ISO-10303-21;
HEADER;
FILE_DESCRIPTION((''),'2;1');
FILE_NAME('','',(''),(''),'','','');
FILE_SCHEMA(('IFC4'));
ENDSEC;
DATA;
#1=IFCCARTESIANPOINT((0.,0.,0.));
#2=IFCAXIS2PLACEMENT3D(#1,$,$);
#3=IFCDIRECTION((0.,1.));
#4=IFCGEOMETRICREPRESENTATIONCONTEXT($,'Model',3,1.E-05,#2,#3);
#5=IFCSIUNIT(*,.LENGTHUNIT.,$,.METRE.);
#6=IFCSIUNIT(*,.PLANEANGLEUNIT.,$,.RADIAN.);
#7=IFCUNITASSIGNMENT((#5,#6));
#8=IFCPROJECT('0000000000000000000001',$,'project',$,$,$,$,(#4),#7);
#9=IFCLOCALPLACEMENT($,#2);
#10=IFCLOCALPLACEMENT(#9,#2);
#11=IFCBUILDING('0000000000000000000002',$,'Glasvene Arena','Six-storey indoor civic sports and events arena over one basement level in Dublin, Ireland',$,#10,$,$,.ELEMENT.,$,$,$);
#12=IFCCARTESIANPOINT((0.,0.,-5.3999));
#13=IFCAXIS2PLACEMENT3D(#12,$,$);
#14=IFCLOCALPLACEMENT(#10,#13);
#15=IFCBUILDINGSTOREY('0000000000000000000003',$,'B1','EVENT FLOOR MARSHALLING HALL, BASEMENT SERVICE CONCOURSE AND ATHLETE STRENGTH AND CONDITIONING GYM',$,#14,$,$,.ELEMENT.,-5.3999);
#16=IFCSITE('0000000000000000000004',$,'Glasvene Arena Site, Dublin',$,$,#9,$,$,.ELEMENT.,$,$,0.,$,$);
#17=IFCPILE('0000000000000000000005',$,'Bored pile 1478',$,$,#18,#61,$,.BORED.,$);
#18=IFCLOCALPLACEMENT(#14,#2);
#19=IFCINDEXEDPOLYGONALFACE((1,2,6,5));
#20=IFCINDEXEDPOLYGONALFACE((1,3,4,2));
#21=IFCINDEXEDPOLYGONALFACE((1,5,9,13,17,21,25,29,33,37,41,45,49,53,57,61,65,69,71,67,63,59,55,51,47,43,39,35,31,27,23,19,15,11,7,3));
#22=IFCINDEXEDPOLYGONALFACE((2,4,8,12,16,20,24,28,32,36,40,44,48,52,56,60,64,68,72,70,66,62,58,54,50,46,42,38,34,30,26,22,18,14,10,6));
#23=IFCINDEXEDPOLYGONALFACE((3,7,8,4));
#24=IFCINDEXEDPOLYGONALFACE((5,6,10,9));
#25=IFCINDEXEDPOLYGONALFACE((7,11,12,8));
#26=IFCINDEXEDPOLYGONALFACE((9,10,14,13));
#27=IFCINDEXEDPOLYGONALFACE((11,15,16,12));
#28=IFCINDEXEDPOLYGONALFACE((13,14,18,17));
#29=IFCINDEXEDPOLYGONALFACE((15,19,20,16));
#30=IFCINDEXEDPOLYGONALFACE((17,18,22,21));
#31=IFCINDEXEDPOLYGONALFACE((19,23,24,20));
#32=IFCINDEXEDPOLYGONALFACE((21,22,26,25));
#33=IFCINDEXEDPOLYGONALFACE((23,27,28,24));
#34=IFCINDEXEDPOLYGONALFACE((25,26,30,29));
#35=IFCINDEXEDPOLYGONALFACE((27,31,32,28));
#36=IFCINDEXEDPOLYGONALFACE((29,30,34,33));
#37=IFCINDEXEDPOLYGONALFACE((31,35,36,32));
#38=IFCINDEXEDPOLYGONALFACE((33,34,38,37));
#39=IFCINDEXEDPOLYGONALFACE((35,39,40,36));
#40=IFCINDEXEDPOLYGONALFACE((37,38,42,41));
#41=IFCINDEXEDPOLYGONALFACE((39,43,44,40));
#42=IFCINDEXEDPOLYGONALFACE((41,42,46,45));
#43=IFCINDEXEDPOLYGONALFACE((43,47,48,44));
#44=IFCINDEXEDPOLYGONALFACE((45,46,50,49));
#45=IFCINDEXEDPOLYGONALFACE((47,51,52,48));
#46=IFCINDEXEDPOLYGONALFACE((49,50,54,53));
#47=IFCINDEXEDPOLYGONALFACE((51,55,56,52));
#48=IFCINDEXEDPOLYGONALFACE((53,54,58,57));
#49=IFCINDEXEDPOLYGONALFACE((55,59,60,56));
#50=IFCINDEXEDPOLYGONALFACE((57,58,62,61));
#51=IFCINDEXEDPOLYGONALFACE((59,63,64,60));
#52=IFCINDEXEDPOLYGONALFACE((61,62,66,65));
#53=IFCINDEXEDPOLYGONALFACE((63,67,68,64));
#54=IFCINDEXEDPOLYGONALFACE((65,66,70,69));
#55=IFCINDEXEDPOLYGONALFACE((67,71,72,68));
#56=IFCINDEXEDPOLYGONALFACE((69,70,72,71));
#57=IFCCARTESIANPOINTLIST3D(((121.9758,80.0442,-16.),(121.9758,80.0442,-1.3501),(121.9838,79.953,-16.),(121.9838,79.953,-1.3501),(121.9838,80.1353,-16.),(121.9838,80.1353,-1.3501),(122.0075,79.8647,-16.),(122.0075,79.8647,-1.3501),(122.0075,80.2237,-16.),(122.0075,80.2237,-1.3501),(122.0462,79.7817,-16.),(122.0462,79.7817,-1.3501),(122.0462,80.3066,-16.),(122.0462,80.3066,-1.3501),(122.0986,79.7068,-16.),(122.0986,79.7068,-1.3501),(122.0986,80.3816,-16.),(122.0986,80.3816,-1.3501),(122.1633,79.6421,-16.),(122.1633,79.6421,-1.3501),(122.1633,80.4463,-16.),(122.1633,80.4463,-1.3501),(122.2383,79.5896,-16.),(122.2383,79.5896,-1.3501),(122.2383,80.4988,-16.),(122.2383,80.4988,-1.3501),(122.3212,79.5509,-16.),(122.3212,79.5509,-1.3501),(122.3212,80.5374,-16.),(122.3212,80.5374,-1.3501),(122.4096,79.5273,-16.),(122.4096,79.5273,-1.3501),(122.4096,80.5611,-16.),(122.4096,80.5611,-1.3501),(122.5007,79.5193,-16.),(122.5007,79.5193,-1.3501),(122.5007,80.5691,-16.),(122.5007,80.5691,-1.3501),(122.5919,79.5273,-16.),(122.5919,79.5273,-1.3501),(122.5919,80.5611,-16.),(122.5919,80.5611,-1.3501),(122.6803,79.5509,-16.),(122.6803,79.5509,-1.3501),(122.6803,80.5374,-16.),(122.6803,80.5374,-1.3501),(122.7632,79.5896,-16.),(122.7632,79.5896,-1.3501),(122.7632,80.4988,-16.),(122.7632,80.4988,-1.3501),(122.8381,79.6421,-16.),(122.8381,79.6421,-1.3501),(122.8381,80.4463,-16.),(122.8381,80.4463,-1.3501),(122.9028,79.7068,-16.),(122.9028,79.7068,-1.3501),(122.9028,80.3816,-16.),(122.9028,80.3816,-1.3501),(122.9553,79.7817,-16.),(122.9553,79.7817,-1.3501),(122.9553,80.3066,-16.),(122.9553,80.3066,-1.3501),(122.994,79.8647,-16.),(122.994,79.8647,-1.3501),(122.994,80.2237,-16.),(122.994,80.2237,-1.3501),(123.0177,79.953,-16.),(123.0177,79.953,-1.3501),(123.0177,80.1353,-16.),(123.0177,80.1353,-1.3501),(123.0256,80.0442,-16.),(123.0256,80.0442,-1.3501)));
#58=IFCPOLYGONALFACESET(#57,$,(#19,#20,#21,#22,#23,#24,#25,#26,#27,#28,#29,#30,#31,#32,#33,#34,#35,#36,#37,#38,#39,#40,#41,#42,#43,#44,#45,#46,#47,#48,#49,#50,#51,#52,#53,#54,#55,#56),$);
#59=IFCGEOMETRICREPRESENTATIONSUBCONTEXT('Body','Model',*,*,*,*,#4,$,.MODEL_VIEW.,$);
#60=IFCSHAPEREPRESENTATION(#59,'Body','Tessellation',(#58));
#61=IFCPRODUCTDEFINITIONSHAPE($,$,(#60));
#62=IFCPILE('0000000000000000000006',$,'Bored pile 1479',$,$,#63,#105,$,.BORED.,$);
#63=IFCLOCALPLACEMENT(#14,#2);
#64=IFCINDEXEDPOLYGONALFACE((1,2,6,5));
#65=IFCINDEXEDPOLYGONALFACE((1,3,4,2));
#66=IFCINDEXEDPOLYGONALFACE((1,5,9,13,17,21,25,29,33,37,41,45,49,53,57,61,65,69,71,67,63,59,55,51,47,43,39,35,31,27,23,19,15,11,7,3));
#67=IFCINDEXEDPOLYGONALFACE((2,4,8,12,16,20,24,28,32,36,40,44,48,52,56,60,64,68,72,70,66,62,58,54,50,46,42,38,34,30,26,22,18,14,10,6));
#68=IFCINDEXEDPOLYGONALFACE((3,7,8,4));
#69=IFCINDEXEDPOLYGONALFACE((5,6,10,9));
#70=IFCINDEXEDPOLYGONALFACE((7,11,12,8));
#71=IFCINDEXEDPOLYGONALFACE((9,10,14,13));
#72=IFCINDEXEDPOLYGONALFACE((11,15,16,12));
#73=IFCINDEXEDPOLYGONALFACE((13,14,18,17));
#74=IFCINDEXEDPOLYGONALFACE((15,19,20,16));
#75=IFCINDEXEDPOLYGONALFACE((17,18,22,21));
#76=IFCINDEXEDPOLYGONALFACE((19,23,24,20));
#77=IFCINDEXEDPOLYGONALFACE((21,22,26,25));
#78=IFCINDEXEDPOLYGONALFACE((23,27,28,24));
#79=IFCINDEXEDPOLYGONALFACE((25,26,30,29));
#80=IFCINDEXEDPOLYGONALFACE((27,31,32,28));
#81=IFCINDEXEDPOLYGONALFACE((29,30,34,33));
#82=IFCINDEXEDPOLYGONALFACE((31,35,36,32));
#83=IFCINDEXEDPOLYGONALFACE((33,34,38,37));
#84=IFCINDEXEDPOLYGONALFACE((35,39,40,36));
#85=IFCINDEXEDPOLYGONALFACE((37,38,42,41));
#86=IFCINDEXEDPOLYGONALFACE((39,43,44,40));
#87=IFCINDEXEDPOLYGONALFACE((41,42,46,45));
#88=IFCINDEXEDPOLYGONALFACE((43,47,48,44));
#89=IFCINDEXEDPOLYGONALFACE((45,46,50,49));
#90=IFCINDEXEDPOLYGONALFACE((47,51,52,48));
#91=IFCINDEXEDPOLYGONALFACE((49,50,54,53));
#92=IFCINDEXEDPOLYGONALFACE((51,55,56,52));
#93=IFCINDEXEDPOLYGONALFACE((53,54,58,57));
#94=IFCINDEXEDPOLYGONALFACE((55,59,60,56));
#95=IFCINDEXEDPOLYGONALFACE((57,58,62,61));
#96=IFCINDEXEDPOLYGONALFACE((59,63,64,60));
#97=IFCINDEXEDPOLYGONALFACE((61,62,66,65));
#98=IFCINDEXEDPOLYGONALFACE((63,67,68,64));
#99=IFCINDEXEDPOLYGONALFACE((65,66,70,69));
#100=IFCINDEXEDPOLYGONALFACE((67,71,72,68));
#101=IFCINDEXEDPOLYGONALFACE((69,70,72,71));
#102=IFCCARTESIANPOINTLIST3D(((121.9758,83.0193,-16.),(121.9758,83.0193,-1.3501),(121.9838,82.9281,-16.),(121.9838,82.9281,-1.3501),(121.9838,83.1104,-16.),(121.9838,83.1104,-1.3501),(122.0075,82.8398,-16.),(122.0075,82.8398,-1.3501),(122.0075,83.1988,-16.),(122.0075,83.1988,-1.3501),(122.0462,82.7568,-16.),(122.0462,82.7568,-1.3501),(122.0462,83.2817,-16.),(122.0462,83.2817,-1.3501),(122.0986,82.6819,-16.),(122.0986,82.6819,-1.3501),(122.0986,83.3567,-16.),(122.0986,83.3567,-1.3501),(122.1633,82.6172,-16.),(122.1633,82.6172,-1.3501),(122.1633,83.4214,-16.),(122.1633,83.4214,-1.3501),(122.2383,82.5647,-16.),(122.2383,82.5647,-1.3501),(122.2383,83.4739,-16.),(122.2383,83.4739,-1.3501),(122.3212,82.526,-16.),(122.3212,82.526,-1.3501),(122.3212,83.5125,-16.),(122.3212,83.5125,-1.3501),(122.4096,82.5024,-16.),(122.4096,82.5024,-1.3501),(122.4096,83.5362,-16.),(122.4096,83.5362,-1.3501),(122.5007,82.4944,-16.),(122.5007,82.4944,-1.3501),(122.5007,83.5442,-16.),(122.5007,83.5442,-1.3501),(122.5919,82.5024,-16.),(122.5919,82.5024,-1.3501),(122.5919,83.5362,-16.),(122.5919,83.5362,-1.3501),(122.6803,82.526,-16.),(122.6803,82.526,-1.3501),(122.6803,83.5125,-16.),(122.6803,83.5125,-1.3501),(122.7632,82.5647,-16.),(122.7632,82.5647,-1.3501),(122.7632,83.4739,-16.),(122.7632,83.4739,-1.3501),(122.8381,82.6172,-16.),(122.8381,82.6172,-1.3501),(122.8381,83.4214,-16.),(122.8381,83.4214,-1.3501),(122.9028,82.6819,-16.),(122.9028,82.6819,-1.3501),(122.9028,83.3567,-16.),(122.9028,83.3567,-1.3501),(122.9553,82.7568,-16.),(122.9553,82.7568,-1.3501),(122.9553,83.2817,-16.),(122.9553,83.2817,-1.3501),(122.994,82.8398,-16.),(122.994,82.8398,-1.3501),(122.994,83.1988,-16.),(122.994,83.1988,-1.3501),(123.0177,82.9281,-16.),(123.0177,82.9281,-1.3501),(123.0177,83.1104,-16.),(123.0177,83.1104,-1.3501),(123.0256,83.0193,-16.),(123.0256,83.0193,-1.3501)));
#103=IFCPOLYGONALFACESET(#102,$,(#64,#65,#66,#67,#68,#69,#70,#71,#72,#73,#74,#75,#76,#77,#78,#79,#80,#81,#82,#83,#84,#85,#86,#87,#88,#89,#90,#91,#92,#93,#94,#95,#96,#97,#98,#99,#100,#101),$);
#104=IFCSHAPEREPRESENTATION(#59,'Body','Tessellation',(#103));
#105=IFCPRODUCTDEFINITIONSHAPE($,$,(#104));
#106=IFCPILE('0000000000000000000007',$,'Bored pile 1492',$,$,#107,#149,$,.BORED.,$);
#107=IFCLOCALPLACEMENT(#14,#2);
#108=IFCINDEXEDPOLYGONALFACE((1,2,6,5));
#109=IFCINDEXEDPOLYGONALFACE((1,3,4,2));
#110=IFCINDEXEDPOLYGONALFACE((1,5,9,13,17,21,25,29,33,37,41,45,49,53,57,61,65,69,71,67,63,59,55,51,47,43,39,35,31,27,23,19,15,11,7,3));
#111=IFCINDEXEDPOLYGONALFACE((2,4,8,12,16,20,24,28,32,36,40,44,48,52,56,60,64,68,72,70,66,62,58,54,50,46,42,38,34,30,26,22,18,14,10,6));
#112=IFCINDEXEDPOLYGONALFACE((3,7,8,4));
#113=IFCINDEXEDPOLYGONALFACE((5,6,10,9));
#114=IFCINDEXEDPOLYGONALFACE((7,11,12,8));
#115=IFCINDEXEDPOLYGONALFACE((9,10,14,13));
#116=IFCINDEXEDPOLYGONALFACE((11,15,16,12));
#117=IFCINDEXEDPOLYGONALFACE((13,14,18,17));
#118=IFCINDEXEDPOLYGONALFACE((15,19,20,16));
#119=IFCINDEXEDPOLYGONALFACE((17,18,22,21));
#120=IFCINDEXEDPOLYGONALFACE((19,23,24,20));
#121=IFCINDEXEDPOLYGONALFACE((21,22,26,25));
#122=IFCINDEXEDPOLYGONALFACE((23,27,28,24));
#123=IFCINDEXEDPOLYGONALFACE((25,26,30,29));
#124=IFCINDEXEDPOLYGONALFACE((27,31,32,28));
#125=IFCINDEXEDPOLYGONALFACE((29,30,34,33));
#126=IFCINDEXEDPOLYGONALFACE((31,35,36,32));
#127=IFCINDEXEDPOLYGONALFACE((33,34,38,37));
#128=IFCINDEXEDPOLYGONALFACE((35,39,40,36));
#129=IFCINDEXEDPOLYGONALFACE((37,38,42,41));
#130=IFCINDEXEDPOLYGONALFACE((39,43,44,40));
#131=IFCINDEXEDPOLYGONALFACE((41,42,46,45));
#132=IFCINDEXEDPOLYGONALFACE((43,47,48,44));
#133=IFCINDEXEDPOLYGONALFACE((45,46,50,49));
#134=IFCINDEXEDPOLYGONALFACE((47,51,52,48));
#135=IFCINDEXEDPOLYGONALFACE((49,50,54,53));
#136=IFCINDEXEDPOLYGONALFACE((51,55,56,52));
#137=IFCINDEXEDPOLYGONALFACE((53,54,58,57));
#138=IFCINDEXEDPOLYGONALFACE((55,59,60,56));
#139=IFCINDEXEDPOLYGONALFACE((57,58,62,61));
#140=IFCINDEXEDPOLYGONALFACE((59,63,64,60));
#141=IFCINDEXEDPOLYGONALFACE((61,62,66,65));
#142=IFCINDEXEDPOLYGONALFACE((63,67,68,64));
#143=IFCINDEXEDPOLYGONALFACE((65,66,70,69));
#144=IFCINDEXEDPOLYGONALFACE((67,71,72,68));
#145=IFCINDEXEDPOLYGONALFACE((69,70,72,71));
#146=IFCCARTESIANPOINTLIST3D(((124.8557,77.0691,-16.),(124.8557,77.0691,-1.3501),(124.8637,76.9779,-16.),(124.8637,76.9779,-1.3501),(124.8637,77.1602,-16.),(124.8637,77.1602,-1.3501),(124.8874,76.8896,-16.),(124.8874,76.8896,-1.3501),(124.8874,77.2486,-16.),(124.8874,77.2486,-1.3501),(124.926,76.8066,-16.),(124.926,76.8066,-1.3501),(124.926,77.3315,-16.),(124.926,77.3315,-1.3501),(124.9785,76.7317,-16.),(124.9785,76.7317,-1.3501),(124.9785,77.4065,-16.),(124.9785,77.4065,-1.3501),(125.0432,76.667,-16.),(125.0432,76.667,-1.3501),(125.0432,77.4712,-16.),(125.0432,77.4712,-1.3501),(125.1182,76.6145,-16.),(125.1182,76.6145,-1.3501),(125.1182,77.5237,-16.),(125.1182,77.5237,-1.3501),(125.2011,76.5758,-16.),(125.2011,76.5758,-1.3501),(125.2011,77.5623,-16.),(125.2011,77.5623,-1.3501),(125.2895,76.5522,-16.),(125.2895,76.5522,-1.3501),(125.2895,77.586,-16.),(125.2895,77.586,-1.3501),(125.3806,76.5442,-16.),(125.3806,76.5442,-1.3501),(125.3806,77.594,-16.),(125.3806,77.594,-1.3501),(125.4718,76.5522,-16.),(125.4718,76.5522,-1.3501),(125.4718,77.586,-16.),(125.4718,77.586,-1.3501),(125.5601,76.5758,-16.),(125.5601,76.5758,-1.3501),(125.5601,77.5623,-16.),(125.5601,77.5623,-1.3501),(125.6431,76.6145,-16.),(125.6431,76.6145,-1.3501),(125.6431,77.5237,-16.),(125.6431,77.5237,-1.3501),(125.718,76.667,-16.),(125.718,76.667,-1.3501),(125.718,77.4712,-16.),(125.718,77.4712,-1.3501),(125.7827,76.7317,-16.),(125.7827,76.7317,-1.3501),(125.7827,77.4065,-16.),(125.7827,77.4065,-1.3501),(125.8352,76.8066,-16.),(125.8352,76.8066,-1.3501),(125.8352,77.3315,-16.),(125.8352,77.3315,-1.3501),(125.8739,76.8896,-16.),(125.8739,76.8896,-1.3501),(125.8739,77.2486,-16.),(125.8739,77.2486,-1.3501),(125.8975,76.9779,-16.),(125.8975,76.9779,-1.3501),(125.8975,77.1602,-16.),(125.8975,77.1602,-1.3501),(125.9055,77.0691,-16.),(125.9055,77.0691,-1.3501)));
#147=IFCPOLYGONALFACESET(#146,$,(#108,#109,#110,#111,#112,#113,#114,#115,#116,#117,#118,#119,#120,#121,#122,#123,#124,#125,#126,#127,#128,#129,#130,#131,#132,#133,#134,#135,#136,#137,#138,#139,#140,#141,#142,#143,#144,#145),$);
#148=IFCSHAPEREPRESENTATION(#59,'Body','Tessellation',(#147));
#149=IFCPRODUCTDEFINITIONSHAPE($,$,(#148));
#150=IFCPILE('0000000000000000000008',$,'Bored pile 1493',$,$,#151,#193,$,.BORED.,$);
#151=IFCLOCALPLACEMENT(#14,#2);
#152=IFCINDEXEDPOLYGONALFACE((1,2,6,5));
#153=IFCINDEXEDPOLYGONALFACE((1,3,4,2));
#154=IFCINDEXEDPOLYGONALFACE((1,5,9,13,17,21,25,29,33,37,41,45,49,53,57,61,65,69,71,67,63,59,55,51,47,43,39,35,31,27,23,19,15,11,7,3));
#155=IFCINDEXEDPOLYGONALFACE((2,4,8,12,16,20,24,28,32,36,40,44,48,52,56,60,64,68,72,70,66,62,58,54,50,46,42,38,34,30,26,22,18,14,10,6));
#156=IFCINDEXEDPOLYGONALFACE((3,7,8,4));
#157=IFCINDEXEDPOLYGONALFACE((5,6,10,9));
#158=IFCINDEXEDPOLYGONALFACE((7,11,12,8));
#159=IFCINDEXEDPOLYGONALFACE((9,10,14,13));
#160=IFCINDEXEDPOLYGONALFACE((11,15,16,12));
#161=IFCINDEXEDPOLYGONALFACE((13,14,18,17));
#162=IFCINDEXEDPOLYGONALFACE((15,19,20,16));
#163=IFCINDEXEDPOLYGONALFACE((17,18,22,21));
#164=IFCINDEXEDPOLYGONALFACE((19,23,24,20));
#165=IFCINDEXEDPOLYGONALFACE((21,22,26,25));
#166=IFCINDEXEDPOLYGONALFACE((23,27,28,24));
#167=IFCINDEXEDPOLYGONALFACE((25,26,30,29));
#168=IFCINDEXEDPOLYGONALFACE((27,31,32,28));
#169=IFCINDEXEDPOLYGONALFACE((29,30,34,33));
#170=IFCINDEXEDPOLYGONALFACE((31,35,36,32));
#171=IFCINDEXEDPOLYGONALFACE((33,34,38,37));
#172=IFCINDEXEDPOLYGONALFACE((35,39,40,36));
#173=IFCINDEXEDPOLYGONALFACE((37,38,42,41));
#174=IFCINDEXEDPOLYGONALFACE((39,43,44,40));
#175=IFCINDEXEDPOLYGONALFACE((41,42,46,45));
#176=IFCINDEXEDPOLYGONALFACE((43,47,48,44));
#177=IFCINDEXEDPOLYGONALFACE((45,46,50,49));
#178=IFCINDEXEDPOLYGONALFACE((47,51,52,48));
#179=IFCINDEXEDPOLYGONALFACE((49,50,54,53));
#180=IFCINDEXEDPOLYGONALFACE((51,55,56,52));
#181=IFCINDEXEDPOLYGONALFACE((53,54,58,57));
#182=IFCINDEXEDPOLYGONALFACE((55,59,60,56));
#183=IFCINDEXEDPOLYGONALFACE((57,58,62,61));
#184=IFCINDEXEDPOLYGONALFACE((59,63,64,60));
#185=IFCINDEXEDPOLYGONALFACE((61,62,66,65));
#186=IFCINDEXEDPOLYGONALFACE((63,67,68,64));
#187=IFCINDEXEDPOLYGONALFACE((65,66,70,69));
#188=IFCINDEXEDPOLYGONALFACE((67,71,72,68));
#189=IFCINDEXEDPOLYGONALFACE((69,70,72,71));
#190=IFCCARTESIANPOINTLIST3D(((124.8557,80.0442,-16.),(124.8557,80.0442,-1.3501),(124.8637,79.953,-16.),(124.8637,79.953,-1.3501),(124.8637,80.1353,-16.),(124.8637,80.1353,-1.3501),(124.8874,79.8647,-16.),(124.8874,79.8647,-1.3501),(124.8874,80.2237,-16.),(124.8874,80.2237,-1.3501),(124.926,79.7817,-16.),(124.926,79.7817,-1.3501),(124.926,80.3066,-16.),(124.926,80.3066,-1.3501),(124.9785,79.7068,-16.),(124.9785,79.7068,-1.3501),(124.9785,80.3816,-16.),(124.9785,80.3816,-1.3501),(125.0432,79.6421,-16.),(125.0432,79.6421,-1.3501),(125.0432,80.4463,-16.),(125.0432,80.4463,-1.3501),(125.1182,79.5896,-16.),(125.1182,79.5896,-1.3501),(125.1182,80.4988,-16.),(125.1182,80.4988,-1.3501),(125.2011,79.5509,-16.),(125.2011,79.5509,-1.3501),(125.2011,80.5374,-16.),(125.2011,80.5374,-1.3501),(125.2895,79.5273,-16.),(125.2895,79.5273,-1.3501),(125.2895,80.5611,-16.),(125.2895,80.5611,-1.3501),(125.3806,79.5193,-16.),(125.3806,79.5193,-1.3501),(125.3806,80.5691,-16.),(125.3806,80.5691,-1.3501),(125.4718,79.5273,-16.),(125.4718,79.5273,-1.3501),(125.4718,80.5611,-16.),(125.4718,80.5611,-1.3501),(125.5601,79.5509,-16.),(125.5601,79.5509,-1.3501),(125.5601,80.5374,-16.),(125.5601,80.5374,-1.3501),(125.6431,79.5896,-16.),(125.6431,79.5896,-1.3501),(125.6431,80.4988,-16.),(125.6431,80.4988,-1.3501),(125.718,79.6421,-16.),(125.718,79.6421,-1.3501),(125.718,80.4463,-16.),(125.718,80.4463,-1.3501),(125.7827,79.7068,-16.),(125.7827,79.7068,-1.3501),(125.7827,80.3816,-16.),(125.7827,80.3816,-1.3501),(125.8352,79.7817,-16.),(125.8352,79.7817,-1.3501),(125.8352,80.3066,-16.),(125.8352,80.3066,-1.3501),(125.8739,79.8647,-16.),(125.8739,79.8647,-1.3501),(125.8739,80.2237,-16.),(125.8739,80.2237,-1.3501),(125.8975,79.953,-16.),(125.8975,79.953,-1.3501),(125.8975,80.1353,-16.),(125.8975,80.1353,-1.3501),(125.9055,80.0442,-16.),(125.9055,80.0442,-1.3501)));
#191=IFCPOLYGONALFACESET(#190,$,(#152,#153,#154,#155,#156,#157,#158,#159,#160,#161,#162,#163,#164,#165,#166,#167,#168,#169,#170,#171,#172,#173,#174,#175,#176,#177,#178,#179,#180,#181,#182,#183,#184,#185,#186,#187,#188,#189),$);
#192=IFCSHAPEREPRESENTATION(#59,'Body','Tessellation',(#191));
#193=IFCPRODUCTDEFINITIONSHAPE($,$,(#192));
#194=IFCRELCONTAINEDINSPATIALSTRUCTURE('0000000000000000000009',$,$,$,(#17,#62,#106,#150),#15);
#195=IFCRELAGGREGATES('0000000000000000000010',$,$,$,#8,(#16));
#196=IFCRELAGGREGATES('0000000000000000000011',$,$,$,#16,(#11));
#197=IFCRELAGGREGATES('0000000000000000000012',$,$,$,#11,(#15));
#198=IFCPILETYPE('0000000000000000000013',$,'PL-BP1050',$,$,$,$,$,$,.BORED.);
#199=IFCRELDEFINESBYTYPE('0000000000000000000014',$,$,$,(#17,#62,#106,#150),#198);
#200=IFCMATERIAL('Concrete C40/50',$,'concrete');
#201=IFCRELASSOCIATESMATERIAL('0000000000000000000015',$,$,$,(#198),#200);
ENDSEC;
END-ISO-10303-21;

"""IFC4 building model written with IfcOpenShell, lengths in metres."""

from ifc_helpers import new_model, si_unit, direction, frame, origin, origin_2d, place, context, subcontext, project, spatial, circle, extrude, material, material_profile, profile_set, type_object, element, save


model = new_model("IFC4")

# Units and contexts
model_context = context("Model", 3, precision=1e-05, world=origin(), true_north=direction((0.0, 1.0)))
body_context = subcontext(model_context, "Body", "Model", "MODEL_VIEW")
ifc_project = project(units=[si_unit("LENGTHUNIT", "METRE"), si_unit("PLANEANGLEUNIT", "RADIAN")], contexts=[model_context])

# Site, building, storey
site_placement = place(None, origin())
site = spatial("IfcSite", under=ifc_project, at=site_placement, Name="Glasvene Arena Site, Dublin", CompositionType="ELEMENT", RefElevation=0.0)
building_placement = place(site_placement, origin())
building = spatial("IfcBuilding", under=site, at=building_placement, Name="Glasvene Arena", Description="Six-storey indoor civic sports and events arena over one basement level in Dublin, Ireland", CompositionType="ELEMENT")
storey_placement = place(building_placement, frame((0.0, 0.0, -5.3999)))
storey = spatial("IfcBuildingStorey", under=building, at=storey_placement, Name="B1", Description="EVENT FLOOR MARSHALLING HALL, BASEMENT SERVICE CONCOURSE AND ATHLETE STRENGTH AND CONDITIONING GYM", CompositionType="ELEMENT", Elevation=-5.3999)

# Piles
ifc_material_1 = material(Name="Concrete C40/50", Category="concrete")
ifc_material_profile_1 = material_profile(ifc_material_1, circle(Radius=0.5249, at=origin_2d()), Name="BORED PILE 1050")
ifc_profile_set_1 = profile_set([ifc_material_profile_1], Name="Concrete C40/50")
pile_type = type_object("IfcPileType", Name="PL-BP1050", PredefinedType="BORED", material=ifc_profile_set_1)
for number, where, z_axis, x_axis, name in (
    (1, (122.5007, 80.0442, -1.3501), (0.0, 0.0, -1.0), (1.0, 0.0, 0.0), "Bored pile 1478"),
    (2, (122.5007, 83.0193, -1.3501), (0.0, 0.0, -1.0), (1.0, 0.0, 0.0), "Bored pile 1479"),
    (3, (125.3806, 77.0691, -1.3501), (0.0, 0.0, -1.0), (1.0, 0.0, 0.0), "Bored pile 1492"),
    (4, (125.3806, 80.0442, -1.3501), (0.0, 0.0, -1.0), (1.0, 0.0, 0.0), "Bored pile 1493"),
):
    element("IfcPile", number, at=place(storey_placement, frame(where, z_axis=z_axis, x_axis=x_axis)), inside=storey, type_object=pile_type, Name=name, PredefinedType="BORED", context=body_context, shape_type="SweptSolid", body=[
        extrude(circle(Radius=0.5249, at=origin_2d()), origin(), (0.0, 0.0, 1.0), 14.6499),
    ])

save(model, "model.ifc")
